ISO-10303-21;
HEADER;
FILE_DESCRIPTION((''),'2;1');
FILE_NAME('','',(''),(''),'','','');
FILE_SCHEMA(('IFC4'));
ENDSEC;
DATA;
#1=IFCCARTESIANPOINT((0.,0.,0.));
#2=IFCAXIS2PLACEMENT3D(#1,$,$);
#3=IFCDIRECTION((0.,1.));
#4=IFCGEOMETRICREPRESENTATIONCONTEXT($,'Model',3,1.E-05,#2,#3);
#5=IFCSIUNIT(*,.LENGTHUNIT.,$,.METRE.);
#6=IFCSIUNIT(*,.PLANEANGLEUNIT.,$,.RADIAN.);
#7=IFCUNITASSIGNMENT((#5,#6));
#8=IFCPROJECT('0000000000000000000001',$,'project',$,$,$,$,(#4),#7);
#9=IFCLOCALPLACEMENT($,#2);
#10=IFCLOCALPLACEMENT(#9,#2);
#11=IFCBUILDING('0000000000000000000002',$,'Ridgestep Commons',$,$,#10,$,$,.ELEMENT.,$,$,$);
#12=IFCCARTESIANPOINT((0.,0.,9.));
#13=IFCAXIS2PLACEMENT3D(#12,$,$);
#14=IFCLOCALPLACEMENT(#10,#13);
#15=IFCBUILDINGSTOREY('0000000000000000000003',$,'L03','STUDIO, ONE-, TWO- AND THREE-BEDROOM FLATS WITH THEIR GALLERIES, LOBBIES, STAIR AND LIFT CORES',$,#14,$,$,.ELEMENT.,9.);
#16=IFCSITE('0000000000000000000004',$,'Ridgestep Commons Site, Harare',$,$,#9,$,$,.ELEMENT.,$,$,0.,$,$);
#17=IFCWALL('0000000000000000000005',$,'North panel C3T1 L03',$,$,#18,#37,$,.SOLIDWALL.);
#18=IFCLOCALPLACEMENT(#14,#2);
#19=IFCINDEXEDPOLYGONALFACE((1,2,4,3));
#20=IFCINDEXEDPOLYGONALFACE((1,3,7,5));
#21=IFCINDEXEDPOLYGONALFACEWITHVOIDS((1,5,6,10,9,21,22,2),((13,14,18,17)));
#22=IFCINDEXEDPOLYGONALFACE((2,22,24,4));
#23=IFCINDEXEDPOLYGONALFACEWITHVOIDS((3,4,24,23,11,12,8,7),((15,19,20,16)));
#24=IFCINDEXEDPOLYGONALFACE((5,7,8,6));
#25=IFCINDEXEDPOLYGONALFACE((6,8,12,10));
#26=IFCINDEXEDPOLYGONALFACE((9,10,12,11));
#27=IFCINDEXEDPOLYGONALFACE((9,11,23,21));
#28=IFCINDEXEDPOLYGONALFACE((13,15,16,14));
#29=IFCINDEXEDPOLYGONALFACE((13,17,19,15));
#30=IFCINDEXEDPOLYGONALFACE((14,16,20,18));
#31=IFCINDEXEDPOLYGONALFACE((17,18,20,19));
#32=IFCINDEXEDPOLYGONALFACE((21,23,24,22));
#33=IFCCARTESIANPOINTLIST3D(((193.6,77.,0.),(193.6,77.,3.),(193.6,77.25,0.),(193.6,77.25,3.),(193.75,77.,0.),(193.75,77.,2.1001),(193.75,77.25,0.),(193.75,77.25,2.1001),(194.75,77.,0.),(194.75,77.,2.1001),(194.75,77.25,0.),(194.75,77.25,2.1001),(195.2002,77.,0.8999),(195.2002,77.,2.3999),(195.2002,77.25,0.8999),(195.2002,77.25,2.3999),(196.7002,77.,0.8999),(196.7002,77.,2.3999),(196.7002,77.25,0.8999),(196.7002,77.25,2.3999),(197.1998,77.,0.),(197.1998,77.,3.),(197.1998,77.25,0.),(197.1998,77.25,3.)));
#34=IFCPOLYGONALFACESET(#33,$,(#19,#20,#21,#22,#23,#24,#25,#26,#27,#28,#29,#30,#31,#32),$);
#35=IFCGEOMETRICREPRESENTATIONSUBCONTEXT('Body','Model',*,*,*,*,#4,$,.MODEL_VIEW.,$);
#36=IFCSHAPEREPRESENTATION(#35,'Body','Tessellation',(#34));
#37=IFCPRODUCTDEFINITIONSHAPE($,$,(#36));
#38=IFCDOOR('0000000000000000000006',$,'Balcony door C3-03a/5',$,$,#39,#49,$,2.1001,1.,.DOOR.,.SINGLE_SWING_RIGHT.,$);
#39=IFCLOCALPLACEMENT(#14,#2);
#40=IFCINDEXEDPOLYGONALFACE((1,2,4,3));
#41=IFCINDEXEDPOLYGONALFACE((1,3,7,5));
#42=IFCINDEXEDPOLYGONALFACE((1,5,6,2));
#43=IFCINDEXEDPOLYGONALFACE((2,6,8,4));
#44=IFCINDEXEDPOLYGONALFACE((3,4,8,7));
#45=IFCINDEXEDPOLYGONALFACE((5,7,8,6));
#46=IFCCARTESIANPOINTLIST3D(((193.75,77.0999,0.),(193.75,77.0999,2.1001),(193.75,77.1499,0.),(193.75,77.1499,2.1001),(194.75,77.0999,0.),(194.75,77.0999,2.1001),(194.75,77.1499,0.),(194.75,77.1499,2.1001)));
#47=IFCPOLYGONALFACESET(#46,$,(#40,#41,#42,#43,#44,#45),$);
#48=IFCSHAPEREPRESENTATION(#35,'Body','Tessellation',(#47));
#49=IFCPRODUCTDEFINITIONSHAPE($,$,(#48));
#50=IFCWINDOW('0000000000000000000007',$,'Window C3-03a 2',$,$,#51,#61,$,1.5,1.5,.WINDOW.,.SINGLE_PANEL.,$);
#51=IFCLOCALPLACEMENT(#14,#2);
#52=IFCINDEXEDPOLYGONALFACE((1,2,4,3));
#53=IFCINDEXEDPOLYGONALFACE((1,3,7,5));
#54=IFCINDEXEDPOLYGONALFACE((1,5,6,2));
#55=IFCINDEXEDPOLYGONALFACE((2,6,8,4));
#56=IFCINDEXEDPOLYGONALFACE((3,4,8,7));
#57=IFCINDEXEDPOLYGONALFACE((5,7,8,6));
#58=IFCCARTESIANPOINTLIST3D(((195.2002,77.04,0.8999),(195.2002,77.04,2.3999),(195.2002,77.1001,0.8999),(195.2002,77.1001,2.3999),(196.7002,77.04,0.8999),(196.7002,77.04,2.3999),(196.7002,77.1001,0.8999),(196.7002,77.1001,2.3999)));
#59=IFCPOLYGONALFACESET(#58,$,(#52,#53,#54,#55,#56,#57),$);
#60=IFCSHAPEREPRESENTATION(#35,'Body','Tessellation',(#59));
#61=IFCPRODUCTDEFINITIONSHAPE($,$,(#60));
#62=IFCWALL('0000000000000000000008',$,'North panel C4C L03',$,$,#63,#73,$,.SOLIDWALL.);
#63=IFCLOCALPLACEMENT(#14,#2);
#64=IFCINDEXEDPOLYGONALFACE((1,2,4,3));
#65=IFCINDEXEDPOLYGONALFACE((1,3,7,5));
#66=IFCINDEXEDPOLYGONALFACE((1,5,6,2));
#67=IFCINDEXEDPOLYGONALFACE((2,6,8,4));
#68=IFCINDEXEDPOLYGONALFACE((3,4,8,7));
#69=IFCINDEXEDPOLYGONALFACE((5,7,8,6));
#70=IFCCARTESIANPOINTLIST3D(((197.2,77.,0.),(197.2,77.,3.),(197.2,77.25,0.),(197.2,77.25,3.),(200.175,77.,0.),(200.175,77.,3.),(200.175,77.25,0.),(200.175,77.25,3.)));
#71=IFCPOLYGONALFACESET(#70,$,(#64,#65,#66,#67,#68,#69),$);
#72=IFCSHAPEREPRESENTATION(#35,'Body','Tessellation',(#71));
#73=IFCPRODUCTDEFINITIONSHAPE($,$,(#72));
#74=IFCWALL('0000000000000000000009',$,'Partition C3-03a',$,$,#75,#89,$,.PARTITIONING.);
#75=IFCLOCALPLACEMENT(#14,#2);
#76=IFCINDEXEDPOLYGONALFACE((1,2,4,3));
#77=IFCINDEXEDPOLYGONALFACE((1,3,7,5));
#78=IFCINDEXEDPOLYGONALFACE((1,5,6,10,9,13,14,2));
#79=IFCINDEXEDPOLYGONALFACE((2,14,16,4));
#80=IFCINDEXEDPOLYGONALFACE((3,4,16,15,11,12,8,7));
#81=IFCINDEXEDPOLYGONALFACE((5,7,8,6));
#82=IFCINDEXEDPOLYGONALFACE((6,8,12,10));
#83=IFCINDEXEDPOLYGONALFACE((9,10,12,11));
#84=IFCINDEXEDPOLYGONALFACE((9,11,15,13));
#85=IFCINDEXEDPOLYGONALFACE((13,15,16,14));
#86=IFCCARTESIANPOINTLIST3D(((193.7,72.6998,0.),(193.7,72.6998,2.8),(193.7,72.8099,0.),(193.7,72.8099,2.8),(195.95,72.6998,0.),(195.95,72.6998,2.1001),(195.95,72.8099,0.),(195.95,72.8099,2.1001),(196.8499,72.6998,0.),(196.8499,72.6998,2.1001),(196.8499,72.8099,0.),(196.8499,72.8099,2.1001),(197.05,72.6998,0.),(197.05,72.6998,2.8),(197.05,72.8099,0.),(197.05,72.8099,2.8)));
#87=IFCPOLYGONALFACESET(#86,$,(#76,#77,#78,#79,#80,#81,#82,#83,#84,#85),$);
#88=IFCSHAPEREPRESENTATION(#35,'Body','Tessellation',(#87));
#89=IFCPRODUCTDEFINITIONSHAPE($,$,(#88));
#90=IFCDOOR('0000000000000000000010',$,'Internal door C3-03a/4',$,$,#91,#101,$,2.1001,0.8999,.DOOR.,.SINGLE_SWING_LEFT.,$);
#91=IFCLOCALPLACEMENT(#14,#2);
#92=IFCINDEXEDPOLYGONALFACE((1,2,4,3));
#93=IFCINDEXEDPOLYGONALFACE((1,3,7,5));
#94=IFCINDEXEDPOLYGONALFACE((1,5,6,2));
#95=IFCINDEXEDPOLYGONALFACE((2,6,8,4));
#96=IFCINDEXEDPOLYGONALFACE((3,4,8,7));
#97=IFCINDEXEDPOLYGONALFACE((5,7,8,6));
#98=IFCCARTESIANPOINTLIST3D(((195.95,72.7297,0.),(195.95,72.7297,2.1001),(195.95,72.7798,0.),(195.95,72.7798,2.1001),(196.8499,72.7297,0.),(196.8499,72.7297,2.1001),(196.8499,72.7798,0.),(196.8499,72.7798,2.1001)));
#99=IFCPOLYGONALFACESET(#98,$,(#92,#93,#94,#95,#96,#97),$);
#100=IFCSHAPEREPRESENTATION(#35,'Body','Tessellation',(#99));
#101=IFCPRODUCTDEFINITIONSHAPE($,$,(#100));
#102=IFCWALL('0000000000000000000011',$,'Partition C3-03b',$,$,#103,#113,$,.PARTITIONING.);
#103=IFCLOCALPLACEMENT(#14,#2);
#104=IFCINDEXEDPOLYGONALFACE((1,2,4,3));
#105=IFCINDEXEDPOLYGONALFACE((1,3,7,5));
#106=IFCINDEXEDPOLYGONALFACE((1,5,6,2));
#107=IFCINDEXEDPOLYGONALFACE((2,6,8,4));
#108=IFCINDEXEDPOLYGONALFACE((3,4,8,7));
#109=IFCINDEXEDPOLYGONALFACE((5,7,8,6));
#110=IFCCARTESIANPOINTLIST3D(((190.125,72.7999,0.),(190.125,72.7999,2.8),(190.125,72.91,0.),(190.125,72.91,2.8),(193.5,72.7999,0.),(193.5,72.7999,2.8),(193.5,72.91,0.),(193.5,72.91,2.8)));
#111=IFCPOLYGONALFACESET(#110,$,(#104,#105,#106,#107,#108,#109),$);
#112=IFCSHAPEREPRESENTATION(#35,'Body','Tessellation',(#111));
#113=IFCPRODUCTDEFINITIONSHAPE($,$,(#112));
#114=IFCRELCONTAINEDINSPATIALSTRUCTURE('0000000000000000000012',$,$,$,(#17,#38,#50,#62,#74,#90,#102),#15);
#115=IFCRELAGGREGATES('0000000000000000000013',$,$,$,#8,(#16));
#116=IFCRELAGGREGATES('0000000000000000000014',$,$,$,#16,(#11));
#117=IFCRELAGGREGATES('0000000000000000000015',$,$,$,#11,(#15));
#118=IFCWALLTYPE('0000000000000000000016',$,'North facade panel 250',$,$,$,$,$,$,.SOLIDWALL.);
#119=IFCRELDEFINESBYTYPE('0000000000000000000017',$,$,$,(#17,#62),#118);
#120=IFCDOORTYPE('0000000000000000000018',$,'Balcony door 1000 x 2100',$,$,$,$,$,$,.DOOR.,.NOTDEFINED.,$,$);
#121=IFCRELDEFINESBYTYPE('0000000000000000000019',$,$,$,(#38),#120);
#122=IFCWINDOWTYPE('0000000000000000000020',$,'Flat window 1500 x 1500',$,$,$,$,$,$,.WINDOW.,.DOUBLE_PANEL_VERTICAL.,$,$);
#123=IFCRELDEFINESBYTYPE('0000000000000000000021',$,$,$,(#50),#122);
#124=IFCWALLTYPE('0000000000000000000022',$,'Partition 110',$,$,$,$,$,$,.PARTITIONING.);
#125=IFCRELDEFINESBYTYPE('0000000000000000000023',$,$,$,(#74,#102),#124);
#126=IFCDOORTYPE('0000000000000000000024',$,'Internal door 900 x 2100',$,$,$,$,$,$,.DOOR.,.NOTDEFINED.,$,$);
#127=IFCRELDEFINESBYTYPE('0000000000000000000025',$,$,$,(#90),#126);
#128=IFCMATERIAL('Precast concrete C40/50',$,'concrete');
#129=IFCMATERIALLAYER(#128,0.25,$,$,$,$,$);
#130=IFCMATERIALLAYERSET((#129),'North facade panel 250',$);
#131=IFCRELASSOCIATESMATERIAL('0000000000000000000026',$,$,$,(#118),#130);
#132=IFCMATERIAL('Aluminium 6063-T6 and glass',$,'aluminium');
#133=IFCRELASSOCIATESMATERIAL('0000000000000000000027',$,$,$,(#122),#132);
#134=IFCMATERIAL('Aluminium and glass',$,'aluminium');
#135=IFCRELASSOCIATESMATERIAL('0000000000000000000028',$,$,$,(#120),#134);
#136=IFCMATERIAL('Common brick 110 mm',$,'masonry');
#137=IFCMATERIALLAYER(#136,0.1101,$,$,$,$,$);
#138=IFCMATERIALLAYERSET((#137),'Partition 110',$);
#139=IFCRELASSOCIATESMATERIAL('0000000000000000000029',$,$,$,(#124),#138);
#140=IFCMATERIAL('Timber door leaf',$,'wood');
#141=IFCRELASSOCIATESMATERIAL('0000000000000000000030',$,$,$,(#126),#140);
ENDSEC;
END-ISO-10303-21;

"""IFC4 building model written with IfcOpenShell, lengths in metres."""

from ifc_helpers import new_model, si_unit, direction, frame, frame_2d, origin, place, context, subcontext, project, spatial, rectangle, extrude, material, layer, layer_set, type_object, element, fill, save


model = new_model("IFC4")

# Units and contexts
model_context = context("Model", 3, precision=1e-05, world=origin(), true_north=direction((0.0, 1.0)))
body_context = subcontext(model_context, "Body", "Model", "MODEL_VIEW")
ifc_project = project(units=[si_unit("LENGTHUNIT", "METRE"), si_unit("PLANEANGLEUNIT", "RADIAN")], contexts=[model_context])

# Site, building, storey
site_placement = place(None, origin())
site = spatial("IfcSite", under=ifc_project, at=site_placement, Name="Ridgestep Commons Site, Harare", CompositionType="ELEMENT", RefElevation=0.0)
building_placement = place(site_placement, origin())
building = spatial("IfcBuilding", under=site, at=building_placement, Name="Ridgestep Commons", CompositionType="ELEMENT")
storey_placement = place(building_placement, frame((0.0, 0.0, 9.0)))
storey = spatial("IfcBuildingStorey", under=building, at=storey_placement, Name="L03", Description="STUDIO, ONE-, TWO- AND THREE-BEDROOM FLATS WITH THEIR GALLERIES, LOBBIES, STAIR AND LIFT CORES", CompositionType="ELEMENT", Elevation=9.0)

# Shared definitions
ifc_material_1 = material(Name="Precast concrete C40/50", Category="concrete")
ifc_layer_1 = layer(ifc_material_1, 0.25)
ifc_layer_set_1 = layer_set([ifc_layer_1], Name="North facade panel 250")
wall_type_1 = type_object("IfcWallType", Name="North facade panel 250", PredefinedType="SOLIDWALL", material=ifc_layer_set_1)
ifc_material_2 = material(Name="Aluminium 6063-T6 and glass", Category="aluminium")
window_type = type_object("IfcWindowType", Name="Flat window 1500 x 1500", PartitioningType="DOUBLE_PANEL_VERTICAL", PredefinedType="WINDOW", material=ifc_material_2)

# Wall, openings, door, window
wall_1_placement = place(storey_placement, frame((193.6001, 77.125, 0.0), z_axis=(0.0, 0.0, 1.0), x_axis=(1.0, 0.0, 0.0)))
wall_1 = element("IfcWall", 1, at=wall_1_placement, inside=storey, type_object=wall_type_1, Name="North panel C3T1 L03", PredefinedType="SOLIDWALL", context=body_context, shape_type="SweptSolid", body=[
    extrude(rectangle(XDim=3.5999, YDim=0.25, at=frame_2d((1.7998, 0.0))), origin(), (0.0, 0.0, 1.0), 3.0),
])
opening_1_placement = place(wall_1_placement, frame((1.6001, 0.0, 0.8999)))
opening_1 = element("IfcOpeningElement", 2, at=opening_1_placement, cuts=wall_1, PredefinedType="OPENING", context=body_context, shape_type="SweptSolid", body=[
    extrude(rectangle(XDim=1.5, YDim=1.5, at=frame_2d((0.75, 0.75))), frame((0.0, 0.135, 0.0), z_axis=(0.0, -1.0, 0.0), x_axis=(1.0, 0.0, 0.0)), (0.0, 0.0, 1.0), 0.27),
])
opening_2_placement = place(wall_1_placement, frame((0.1499, 0.0, 0.0)))
opening_2 = element("IfcOpeningElement", 3, at=opening_2_placement, cuts=wall_1, PredefinedType="OPENING", context=body_context, shape_type="SweptSolid", body=[
    extrude(rectangle(XDim=1.0, YDim=2.1001, at=frame_2d((0.5, 1.05))), frame((0.0, 0.135, 0.0), z_axis=(0.0, -1.0, 0.0), x_axis=(1.0, 0.0, 0.0)), (0.0, 0.0, 1.0), 0.27),
])
ifc_material_3 = material(Name="Aluminium and glass", Category="aluminium")
door_type_1 = type_object("IfcDoorType", Name="Balcony door 1000 x 2100", OperationType="NOTDEFINED", PredefinedType="DOOR", material=ifc_material_3)
door_1_placement = place(opening_2_placement, origin())
door_1 = element("IfcDoor", 4, at=door_1_placement, inside=storey, type_object=door_type_1, Name="Balcony door C3-03a/5", OperationType="SINGLE_SWING_RIGHT", OverallHeight=2.1001, OverallWidth=1.0, PredefinedType="DOOR", context=body_context, shape_type="SweptSolid", body=[
    extrude(rectangle(XDim=1.0, YDim=2.1001, at=frame_2d((0.5, 1.05))), frame((0.0, 0.0249, 0.0), z_axis=(0.0, -1.0, 0.0), x_axis=(1.0, 0.0, 0.0)), (0.0, 0.0, 1.0), 0.05),
])
fill(opening_2, door_1)
window_1_placement = place(opening_1_placement, origin())
window_1 = element("IfcWindow", 5, at=window_1_placement, inside=storey, type_object=window_type, Name="Window C3-03a 2", OverallHeight=1.5, OverallWidth=1.5, PartitioningType="SINGLE_PANEL", PredefinedType="WINDOW", context=body_context, shape_type="SweptSolid", body=[
    extrude(rectangle(XDim=1.5, YDim=1.5, at=frame_2d((0.75, 0.75))), frame((0.0, -0.0249, 0.0), z_axis=(0.0, -1.0, 0.0), x_axis=(1.0, 0.0, 0.0)), (0.0, 0.0, 1.0), 0.0601),
])
fill(opening_1, window_1)

# Wall
wall_2_placement = place(storey_placement, frame((197.2, 77.125, 0.0), z_axis=(0.0, 0.0, 1.0), x_axis=(1.0, 0.0, 0.0)))
element("IfcWall", 6, at=wall_2_placement, inside=storey, type_object=wall_type_1, Name="North panel C4C L03", PredefinedType="SOLIDWALL", context=body_context, shape_type="SweptSolid", body=[
    extrude(rectangle(XDim=2.9751, YDim=0.25, at=frame_2d((1.4875, 0.0))), origin(), (0.0, 0.0, 1.0), 3.0),
])

# Wall, opening, door
ifc_material_4 = material(Name="Common brick 110 mm", Category="masonry")
ifc_layer_2 = layer(ifc_material_4, 0.1101)
ifc_layer_set_2 = layer_set([ifc_layer_2], Name="Partition 110")
wall_type_2 = type_object("IfcWallType", Name="Partition 110", PredefinedType="PARTITIONING", material=ifc_layer_set_2)
wall_3_placement = place(storey_placement, frame((193.7, 72.7549, 0.0), z_axis=(0.0, 0.0, 1.0), x_axis=(1.0, 0.0, 0.0)))
wall_3 = element("IfcWall", 7, at=wall_3_placement, inside=storey, type_object=wall_type_2, Name="Partition C3-03a", PredefinedType="PARTITIONING", context=body_context, shape_type="SweptSolid", body=[
    extrude(rectangle(XDim=3.3501, YDim=0.1101, at=frame_2d((1.675, 0.0))), origin(), (0.0, 0.0, 1.0), 2.8),
])
opening_3_placement = place(wall_3_placement, frame((2.25, 0.0, 0.0)))
opening_3 = element("IfcOpeningElement", 8, at=opening_3_placement, cuts=wall_3, PredefinedType="OPENING", context=body_context, shape_type="SweptSolid", body=[
    extrude(rectangle(XDim=0.8999, YDim=2.1001, at=frame_2d((0.45, 1.05))), frame((0.0, 0.0649, 0.0), z_axis=(0.0, -1.0, 0.0), x_axis=(1.0, 0.0, 0.0)), (0.0, 0.0, 1.0), 0.1301),
])
ifc_material_5 = material(Name="Timber door leaf", Category="wood")
door_type_2 = type_object("IfcDoorType", Name="Internal door 900 x 2100", OperationType="NOTDEFINED", PredefinedType="DOOR", material=ifc_material_5)
door_2_placement = place(opening_3_placement, origin())
door_2 = element("IfcDoor", 9, at=door_2_placement, inside=storey, type_object=door_type_2, Name="Internal door C3-03a/4", OperationType="SINGLE_SWING_LEFT", OverallHeight=2.1001, OverallWidth=0.8999, PredefinedType="DOOR", context=body_context, shape_type="SweptSolid", body=[
    extrude(rectangle(XDim=0.8999, YDim=2.1001, at=frame_2d((0.45, 1.05))), frame((0.0, 0.0249, 0.0), z_axis=(0.0, -1.0, 0.0), x_axis=(1.0, 0.0, 0.0)), (0.0, 0.0, 1.0), 0.05),
])
fill(opening_3, door_2)

# Wall
wall_4_placement = place(storey_placement, frame((190.125, 72.855, 0.0), z_axis=(0.0, 0.0, 1.0), x_axis=(1.0, 0.0, 0.0)))
element("IfcWall", 10, at=wall_4_placement, inside=storey, type_object=wall_type_2, Name="Partition C3-03b", PredefinedType="PARTITIONING", context=body_context, shape_type="SweptSolid", body=[
    extrude(rectangle(XDim=3.375, YDim=0.1101, at=frame_2d((1.6875, 0.0))), origin(), (0.0, 0.0, 1.0), 2.8),
])

save(model, "model.ifc")
